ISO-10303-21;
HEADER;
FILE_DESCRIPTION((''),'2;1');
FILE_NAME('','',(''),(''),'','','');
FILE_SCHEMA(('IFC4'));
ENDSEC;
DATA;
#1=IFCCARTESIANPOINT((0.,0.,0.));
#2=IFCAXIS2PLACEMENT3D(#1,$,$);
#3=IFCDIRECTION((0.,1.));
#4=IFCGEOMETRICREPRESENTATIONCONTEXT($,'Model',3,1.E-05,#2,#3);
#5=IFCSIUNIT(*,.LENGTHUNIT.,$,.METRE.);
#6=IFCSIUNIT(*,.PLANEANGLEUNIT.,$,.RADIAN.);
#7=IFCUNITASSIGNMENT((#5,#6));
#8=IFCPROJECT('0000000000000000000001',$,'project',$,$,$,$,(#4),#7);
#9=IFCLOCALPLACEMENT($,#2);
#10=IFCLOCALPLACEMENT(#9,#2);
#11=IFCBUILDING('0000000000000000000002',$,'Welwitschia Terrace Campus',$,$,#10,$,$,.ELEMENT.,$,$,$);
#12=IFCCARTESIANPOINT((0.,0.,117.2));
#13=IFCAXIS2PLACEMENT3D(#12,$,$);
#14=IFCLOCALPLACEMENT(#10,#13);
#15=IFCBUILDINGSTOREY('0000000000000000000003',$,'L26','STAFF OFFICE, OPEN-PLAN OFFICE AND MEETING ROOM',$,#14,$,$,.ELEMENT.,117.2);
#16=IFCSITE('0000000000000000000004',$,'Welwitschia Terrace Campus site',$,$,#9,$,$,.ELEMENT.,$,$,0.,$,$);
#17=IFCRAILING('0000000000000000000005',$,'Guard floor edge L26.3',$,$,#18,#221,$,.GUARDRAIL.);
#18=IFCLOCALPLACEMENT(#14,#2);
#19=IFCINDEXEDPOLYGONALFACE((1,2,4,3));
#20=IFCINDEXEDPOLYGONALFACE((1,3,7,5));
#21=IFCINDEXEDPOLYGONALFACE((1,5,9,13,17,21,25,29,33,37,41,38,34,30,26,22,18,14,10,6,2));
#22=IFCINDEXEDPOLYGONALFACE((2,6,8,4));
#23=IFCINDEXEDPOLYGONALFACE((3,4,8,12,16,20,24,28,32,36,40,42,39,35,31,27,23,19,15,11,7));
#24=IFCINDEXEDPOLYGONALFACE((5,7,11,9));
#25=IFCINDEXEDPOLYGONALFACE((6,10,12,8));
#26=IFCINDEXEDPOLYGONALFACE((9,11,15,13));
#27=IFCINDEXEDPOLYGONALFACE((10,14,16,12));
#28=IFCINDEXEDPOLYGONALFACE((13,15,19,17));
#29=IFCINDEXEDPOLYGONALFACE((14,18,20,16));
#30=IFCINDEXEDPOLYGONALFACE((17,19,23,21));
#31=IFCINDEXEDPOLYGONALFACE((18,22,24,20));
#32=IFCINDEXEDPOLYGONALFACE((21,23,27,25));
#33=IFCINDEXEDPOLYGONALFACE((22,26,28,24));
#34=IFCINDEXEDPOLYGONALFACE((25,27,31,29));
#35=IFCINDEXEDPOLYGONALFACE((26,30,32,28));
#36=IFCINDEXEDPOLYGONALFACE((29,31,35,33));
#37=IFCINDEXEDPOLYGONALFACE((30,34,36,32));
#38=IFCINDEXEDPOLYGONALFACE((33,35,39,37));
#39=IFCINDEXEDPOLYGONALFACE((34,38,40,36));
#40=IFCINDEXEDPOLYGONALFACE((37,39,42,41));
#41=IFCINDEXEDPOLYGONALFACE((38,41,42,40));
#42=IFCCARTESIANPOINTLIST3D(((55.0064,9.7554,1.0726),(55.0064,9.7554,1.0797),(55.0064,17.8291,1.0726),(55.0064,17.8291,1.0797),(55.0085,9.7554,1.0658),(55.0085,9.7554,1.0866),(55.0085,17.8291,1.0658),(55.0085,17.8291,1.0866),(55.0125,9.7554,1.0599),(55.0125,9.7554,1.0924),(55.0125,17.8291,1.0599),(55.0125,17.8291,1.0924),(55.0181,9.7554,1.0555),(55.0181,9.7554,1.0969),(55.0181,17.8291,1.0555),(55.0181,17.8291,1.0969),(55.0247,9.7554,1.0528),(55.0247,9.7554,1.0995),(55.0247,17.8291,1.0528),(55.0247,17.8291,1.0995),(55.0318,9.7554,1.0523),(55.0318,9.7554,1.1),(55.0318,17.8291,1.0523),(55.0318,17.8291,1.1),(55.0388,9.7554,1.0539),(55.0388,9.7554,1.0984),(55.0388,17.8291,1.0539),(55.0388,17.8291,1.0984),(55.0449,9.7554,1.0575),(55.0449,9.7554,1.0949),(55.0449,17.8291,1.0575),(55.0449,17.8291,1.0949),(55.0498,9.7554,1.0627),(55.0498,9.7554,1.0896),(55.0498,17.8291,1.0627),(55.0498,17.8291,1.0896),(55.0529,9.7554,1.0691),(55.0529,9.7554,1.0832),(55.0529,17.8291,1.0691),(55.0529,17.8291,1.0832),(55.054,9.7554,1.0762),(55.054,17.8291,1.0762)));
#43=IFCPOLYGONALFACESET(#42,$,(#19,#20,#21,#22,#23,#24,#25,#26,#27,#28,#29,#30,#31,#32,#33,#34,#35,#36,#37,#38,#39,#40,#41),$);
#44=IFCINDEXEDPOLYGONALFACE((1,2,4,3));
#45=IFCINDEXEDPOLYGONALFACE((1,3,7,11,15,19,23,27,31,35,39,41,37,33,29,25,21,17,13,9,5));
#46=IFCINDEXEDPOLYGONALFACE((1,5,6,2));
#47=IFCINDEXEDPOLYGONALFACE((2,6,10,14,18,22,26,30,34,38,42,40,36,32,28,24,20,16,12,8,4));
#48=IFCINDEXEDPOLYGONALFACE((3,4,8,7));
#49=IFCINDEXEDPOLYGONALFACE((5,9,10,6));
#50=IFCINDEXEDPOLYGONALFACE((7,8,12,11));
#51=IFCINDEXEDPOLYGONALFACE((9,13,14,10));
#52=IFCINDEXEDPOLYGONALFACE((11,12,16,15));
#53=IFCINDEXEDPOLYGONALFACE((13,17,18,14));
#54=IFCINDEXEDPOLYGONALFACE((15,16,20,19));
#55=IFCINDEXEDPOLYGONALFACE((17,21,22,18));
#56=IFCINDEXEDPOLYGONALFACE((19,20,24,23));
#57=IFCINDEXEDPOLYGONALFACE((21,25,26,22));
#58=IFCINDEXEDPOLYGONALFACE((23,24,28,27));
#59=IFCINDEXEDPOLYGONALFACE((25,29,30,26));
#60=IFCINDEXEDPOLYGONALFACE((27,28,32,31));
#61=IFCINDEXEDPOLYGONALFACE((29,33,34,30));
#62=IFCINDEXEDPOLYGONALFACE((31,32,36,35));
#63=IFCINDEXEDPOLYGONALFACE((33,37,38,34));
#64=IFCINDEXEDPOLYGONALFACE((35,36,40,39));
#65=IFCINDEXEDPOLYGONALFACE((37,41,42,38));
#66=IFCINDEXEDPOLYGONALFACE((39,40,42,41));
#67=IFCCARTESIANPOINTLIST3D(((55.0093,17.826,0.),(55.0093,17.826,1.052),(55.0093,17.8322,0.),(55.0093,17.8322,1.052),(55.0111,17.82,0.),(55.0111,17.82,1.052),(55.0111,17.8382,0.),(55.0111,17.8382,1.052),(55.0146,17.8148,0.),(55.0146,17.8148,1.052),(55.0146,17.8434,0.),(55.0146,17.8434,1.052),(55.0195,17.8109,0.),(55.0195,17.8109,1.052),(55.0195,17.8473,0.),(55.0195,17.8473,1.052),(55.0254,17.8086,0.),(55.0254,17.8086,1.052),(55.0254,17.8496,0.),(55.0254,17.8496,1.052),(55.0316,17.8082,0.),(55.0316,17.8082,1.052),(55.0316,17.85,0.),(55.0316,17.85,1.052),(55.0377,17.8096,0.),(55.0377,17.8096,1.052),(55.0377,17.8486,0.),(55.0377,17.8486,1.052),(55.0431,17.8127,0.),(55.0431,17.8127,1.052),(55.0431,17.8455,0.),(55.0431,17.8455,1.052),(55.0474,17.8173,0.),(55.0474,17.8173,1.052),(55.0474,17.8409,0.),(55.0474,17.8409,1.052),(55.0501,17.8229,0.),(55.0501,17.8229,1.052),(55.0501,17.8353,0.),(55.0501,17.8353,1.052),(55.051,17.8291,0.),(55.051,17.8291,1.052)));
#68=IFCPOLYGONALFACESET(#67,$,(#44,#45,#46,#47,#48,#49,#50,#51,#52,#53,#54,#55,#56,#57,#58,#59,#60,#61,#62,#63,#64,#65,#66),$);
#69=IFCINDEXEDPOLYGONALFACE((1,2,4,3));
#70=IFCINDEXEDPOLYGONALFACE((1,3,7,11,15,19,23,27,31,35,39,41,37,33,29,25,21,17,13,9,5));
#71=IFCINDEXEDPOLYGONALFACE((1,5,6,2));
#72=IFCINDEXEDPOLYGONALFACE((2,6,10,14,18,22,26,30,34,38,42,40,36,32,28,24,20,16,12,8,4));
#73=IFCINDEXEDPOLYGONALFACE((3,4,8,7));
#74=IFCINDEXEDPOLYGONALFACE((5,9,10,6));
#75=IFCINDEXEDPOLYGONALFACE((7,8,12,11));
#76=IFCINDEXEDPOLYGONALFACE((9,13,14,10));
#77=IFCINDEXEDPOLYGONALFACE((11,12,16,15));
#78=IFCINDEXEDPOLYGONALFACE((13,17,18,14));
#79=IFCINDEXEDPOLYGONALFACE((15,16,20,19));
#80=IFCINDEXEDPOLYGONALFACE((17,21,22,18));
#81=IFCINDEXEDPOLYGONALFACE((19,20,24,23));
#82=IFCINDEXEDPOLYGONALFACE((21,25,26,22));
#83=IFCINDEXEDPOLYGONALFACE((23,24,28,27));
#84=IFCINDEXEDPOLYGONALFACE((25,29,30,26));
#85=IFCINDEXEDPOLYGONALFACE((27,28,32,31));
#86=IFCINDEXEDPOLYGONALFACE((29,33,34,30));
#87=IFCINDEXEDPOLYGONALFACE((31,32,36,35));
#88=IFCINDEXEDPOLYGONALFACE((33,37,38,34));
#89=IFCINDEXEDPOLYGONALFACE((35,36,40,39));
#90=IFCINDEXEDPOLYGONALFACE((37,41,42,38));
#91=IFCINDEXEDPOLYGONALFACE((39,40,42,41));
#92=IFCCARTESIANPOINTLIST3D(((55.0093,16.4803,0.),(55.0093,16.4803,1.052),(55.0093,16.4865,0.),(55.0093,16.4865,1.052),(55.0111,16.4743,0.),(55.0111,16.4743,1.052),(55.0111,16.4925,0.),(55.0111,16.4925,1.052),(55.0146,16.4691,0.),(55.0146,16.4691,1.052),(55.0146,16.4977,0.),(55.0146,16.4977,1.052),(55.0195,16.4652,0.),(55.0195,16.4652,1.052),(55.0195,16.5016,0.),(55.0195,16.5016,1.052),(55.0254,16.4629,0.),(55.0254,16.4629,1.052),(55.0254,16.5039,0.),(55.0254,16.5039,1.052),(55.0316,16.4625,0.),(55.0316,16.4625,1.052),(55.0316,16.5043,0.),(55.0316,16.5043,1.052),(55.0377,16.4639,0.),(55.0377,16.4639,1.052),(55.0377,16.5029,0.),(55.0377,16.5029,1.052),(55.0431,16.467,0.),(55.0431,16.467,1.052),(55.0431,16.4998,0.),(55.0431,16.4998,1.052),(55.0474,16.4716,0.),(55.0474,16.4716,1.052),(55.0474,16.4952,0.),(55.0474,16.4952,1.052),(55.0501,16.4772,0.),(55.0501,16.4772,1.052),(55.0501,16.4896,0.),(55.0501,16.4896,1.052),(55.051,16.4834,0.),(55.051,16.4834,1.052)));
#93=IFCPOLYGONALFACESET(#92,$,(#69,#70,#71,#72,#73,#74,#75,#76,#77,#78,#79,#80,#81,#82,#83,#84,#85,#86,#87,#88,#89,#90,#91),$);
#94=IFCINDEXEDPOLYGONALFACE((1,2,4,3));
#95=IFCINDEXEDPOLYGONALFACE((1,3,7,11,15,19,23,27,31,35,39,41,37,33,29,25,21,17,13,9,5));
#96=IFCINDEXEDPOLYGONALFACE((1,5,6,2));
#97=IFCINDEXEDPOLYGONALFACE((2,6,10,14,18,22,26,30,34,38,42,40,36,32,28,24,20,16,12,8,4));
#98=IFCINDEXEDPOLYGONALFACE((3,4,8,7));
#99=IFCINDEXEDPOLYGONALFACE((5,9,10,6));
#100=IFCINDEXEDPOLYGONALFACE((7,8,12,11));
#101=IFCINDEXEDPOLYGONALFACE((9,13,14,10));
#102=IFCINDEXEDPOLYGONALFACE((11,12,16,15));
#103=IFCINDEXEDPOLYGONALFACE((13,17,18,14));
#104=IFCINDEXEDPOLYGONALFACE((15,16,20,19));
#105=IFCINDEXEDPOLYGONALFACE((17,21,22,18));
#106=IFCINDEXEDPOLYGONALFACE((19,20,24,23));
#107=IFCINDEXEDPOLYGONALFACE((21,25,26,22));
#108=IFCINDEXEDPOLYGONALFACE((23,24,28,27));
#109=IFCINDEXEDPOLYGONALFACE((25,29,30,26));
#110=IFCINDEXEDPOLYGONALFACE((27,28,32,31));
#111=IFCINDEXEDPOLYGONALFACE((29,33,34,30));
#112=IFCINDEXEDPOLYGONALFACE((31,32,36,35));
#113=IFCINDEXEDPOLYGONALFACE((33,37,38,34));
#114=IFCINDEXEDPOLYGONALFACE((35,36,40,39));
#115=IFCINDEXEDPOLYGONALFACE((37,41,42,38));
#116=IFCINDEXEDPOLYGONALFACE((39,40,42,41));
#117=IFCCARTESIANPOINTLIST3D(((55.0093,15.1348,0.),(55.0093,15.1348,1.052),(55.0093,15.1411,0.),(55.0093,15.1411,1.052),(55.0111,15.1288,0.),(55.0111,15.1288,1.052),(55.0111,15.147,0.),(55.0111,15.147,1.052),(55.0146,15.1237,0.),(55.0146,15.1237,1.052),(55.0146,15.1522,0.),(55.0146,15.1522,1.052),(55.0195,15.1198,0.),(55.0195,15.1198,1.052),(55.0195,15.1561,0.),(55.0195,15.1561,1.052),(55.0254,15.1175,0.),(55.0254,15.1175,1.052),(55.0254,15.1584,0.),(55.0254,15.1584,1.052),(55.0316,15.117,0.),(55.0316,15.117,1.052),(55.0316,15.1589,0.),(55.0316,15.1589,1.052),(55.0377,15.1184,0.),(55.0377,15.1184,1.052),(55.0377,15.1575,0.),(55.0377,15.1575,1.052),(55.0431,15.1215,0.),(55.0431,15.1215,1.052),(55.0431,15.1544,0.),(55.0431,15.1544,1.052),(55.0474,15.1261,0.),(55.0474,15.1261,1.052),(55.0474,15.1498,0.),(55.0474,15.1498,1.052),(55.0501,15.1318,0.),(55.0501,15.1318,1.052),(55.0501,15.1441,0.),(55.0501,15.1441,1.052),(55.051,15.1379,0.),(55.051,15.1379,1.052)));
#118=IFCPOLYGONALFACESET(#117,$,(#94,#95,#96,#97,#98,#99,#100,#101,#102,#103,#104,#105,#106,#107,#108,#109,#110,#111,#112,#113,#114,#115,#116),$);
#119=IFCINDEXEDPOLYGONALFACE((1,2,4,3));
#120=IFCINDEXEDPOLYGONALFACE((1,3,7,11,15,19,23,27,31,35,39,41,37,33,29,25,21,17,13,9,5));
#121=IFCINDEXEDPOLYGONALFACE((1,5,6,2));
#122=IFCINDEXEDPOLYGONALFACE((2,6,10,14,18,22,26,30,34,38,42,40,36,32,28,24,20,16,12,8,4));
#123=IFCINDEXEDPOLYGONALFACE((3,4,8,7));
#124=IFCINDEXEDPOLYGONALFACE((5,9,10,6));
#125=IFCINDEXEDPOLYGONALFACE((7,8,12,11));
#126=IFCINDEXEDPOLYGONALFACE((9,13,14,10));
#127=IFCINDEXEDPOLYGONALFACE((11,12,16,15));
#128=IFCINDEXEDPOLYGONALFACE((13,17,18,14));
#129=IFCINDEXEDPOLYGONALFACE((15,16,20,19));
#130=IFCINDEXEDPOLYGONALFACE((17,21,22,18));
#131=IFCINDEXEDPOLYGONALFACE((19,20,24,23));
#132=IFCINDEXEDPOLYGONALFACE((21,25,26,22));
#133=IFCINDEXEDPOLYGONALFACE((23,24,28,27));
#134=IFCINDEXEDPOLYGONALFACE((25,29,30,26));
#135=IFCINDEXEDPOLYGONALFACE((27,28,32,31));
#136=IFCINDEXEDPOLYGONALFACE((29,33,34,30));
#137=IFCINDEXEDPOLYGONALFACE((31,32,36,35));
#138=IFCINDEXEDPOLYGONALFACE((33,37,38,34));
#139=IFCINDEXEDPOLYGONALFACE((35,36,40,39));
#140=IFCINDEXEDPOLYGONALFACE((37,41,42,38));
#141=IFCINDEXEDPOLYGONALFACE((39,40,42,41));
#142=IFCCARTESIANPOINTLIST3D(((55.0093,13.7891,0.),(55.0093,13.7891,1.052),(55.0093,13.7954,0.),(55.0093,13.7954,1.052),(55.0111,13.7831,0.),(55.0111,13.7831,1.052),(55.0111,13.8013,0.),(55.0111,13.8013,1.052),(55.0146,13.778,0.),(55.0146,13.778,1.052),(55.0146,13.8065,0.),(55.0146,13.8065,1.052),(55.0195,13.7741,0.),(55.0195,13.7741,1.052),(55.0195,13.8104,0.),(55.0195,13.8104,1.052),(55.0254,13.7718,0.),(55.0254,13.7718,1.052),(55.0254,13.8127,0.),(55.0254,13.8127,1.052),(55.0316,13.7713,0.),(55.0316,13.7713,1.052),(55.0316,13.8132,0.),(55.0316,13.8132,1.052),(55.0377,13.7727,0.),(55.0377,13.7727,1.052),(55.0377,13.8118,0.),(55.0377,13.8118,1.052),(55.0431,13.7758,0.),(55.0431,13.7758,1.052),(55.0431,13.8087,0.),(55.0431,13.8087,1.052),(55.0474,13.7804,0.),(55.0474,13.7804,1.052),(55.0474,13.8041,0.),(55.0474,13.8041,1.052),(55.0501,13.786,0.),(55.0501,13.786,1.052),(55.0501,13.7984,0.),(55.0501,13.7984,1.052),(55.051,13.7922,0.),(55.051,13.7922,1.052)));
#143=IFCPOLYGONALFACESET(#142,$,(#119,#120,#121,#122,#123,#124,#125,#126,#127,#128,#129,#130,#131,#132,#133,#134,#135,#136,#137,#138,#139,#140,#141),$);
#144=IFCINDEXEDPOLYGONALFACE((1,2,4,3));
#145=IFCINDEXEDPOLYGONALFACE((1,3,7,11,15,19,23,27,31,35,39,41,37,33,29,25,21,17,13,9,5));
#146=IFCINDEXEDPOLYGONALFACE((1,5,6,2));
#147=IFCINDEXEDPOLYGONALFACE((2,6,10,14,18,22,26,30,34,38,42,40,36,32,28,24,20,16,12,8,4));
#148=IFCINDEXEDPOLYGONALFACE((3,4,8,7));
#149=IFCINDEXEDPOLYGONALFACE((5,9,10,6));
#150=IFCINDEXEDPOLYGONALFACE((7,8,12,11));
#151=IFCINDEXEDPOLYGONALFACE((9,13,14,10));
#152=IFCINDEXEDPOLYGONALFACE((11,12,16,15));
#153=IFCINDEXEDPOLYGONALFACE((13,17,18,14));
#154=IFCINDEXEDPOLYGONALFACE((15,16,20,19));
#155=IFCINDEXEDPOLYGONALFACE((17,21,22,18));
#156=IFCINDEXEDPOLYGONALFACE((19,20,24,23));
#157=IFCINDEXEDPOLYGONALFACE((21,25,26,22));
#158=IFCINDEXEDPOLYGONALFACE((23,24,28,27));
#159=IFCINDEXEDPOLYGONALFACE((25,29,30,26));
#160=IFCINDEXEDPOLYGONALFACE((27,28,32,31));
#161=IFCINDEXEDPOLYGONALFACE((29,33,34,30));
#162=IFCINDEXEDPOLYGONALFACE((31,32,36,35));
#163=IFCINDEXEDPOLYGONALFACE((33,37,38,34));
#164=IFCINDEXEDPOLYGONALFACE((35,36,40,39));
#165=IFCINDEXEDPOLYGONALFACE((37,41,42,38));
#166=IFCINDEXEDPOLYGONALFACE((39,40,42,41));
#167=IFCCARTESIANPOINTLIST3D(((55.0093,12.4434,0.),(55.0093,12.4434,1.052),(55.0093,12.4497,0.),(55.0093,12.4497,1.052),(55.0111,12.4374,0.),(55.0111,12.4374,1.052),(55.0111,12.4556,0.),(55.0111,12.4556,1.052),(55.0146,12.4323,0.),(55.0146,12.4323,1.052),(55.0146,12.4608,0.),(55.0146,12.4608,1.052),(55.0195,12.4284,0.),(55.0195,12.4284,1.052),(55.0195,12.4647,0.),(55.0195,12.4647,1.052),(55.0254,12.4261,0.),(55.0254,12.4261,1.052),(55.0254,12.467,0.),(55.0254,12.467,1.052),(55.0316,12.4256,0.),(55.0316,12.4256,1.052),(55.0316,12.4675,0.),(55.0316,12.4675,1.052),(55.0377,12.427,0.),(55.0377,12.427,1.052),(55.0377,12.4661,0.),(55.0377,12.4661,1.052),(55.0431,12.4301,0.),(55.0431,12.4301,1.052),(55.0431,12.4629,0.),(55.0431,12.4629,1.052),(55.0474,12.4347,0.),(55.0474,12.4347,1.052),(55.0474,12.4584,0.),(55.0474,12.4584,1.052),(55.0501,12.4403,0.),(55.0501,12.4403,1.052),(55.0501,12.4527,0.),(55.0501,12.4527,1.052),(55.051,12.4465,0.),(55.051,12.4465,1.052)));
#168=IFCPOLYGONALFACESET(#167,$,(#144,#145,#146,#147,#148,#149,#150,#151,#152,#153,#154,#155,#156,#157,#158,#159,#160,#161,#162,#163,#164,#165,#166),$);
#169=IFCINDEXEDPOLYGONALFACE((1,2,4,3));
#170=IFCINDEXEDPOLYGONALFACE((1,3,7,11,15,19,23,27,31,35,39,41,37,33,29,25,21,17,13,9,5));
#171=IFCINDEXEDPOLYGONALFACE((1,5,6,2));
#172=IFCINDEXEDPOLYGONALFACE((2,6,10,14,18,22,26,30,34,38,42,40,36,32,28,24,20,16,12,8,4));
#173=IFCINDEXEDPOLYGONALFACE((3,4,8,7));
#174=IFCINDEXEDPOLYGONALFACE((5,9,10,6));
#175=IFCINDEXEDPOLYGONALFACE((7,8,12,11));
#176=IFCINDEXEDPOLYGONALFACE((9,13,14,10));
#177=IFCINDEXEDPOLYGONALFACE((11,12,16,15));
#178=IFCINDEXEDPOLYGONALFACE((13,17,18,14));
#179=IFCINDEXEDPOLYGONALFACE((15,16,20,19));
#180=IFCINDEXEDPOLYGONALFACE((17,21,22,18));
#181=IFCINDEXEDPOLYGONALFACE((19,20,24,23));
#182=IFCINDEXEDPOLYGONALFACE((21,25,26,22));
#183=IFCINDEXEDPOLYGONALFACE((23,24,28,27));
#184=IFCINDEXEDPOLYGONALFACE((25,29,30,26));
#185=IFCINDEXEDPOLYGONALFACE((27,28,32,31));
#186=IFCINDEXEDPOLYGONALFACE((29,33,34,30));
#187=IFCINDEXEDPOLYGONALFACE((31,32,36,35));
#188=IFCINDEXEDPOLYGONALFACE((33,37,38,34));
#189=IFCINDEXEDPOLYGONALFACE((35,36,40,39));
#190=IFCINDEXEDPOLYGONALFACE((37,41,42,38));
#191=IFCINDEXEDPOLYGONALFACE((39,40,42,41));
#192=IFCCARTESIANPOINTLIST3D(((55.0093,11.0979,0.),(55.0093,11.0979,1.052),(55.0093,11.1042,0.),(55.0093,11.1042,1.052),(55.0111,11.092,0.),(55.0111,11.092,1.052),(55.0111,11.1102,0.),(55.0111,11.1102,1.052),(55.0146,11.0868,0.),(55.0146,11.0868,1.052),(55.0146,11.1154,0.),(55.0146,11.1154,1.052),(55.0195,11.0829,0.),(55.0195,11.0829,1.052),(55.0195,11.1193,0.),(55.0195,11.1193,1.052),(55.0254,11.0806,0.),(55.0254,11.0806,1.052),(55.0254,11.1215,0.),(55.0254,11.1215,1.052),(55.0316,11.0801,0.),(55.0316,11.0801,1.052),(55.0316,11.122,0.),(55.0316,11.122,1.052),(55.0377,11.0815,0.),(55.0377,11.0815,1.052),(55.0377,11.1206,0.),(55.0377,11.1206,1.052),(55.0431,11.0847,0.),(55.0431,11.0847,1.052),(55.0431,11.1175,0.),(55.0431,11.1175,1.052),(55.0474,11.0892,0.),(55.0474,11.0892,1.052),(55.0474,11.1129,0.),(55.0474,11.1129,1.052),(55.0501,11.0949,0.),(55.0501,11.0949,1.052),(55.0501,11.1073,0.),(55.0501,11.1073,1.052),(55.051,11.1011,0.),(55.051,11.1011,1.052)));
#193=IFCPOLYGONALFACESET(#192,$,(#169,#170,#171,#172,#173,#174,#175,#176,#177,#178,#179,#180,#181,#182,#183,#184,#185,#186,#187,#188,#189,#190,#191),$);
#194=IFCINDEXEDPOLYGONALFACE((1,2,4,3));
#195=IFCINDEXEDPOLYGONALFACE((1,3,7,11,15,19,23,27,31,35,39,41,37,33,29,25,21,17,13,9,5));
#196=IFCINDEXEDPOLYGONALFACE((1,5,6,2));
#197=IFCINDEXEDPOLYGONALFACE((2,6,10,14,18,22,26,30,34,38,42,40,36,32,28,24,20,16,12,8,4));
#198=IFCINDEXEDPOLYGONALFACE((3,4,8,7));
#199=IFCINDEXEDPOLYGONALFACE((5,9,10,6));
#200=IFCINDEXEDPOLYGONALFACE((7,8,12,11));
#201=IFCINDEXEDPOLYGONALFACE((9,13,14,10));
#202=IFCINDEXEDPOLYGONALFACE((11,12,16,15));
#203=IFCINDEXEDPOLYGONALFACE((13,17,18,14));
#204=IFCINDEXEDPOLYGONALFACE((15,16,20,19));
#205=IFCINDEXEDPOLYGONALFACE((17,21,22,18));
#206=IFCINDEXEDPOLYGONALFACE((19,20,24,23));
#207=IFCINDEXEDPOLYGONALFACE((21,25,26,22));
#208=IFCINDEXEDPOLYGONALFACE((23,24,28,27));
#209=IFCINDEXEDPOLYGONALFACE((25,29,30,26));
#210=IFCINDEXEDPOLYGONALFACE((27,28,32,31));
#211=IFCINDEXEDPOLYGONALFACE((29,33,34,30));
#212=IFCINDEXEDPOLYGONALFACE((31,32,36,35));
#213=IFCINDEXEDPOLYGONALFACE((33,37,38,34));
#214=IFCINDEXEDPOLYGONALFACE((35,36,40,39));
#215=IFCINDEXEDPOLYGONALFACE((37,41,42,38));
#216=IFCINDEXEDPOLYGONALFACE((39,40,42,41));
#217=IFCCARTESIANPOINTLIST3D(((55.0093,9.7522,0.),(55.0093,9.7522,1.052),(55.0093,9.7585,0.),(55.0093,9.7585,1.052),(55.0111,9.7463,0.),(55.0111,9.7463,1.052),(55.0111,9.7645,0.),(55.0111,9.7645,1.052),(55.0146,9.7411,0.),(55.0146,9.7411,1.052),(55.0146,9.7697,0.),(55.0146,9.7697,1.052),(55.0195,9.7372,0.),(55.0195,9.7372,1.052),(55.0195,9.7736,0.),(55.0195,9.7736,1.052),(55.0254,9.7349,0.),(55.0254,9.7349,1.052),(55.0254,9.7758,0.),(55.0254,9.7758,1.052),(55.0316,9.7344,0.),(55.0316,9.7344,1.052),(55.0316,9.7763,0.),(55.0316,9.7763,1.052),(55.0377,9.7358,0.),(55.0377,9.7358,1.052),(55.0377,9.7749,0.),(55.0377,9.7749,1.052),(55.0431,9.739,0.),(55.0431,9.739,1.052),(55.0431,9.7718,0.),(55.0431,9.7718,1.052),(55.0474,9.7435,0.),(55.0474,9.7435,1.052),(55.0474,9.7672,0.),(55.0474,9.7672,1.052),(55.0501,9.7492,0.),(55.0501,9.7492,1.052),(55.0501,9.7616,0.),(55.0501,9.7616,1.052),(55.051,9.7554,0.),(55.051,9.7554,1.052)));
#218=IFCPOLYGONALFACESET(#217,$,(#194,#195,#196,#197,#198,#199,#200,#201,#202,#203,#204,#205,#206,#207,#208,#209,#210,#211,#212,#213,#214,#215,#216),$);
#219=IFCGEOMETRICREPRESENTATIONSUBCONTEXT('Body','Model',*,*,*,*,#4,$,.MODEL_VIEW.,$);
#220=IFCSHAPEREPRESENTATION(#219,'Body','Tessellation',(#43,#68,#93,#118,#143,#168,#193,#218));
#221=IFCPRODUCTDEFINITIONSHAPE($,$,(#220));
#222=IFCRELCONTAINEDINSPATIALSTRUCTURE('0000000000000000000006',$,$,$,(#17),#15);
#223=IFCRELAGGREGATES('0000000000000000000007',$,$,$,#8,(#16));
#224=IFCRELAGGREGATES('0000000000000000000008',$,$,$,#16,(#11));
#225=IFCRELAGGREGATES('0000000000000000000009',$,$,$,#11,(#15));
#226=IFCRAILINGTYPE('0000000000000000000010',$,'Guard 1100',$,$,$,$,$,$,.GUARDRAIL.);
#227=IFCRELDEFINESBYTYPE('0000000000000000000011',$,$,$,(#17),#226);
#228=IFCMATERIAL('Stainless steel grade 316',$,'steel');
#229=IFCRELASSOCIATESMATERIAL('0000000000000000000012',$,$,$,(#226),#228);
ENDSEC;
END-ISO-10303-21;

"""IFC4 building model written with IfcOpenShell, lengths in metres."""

from ifc_helpers import new_model, si_unit, direction, frame, origin, origin_2d, place, context, subcontext, project, spatial, circle, extrude, material, type_object, element, save


model = new_model("IFC4")

# Units and contexts
model_context = context("Model", 3, precision=1e-05, world=origin(), true_north=direction((0.0, 1.0)))
body_context = subcontext(model_context, "Body", "Model", "MODEL_VIEW")
ifc_project = project(units=[si_unit("LENGTHUNIT", "METRE"), si_unit("PLANEANGLEUNIT", "RADIAN")], contexts=[model_context])

# Site, building, storey
site_placement = place(None, origin())
site = spatial("IfcSite", under=ifc_project, at=site_placement, Name="Welwitschia Terrace Campus site", CompositionType="ELEMENT", RefElevation=0.0)
building_placement = place(site_placement, origin())
building = spatial("IfcBuilding", under=site, at=building_placement, Name="Welwitschia Terrace Campus", CompositionType="ELEMENT")
storey_placement = place(building_placement, frame((0.0, 0.0, 117.2)))
storey = spatial("IfcBuildingStorey", under=building, at=storey_placement, Name="L26", Description="STAFF OFFICE, OPEN-PLAN OFFICE AND MEETING ROOM", CompositionType="ELEMENT", Elevation=117.2)

# Railing
ifc_material_1 = material(Name="Stainless steel grade 316", Category="steel")
railing_type = type_object("IfcRailingType", Name="Guard 1100", PredefinedType="GUARDRAIL", material=ifc_material_1)
railing_1_placement = place(storey_placement, frame((55.03, 17.8291, 0.0)))
element("IfcRailing", 1, at=railing_1_placement, inside=storey, type_object=railing_type, Name="Guard floor edge L26.3", PredefinedType="GUARDRAIL", context=body_context, shape_type="SweptSolid", body=[
    extrude(circle(Radius=0.0239, at=origin_2d()), frame((0.0, 0.0, 1.0762), z_axis=(0.0, -1.0, 0.0), x_axis=(1.0, 0.0, 0.0)), (0.0, 0.0, 1.0), 8.0737),
    extrude(circle(Radius=0.021, at=origin_2d()), origin(), (0.0, 0.0, 1.0), 1.052),
    extrude(circle(Radius=0.021, at=origin_2d()), frame((0.0, -1.3457, 0.0)), (0.0, 0.0, 1.0), 1.052),
    extrude(circle(Radius=0.021, at=origin_2d()), frame((0.0, -2.6912, 0.0)), (0.0, 0.0, 1.0), 1.052),
    extrude(circle(Radius=0.021, at=origin_2d()), frame((0.0, -4.0369, 0.0)), (0.0, 0.0, 1.0), 1.052),
    extrude(circle(Radius=0.021, at=origin_2d()), frame((0.0, -5.3826, 0.0)), (0.0, 0.0, 1.0), 1.052),
    extrude(circle(Radius=0.021, at=origin_2d()), frame((0.0, -6.728, 0.0)), (0.0, 0.0, 1.0), 1.052),
    extrude(circle(Radius=0.021, at=origin_2d()), frame((0.0, -8.0737, 0.0)), (0.0, 0.0, 1.0), 1.052),
])

save(model, "model.ifc")
